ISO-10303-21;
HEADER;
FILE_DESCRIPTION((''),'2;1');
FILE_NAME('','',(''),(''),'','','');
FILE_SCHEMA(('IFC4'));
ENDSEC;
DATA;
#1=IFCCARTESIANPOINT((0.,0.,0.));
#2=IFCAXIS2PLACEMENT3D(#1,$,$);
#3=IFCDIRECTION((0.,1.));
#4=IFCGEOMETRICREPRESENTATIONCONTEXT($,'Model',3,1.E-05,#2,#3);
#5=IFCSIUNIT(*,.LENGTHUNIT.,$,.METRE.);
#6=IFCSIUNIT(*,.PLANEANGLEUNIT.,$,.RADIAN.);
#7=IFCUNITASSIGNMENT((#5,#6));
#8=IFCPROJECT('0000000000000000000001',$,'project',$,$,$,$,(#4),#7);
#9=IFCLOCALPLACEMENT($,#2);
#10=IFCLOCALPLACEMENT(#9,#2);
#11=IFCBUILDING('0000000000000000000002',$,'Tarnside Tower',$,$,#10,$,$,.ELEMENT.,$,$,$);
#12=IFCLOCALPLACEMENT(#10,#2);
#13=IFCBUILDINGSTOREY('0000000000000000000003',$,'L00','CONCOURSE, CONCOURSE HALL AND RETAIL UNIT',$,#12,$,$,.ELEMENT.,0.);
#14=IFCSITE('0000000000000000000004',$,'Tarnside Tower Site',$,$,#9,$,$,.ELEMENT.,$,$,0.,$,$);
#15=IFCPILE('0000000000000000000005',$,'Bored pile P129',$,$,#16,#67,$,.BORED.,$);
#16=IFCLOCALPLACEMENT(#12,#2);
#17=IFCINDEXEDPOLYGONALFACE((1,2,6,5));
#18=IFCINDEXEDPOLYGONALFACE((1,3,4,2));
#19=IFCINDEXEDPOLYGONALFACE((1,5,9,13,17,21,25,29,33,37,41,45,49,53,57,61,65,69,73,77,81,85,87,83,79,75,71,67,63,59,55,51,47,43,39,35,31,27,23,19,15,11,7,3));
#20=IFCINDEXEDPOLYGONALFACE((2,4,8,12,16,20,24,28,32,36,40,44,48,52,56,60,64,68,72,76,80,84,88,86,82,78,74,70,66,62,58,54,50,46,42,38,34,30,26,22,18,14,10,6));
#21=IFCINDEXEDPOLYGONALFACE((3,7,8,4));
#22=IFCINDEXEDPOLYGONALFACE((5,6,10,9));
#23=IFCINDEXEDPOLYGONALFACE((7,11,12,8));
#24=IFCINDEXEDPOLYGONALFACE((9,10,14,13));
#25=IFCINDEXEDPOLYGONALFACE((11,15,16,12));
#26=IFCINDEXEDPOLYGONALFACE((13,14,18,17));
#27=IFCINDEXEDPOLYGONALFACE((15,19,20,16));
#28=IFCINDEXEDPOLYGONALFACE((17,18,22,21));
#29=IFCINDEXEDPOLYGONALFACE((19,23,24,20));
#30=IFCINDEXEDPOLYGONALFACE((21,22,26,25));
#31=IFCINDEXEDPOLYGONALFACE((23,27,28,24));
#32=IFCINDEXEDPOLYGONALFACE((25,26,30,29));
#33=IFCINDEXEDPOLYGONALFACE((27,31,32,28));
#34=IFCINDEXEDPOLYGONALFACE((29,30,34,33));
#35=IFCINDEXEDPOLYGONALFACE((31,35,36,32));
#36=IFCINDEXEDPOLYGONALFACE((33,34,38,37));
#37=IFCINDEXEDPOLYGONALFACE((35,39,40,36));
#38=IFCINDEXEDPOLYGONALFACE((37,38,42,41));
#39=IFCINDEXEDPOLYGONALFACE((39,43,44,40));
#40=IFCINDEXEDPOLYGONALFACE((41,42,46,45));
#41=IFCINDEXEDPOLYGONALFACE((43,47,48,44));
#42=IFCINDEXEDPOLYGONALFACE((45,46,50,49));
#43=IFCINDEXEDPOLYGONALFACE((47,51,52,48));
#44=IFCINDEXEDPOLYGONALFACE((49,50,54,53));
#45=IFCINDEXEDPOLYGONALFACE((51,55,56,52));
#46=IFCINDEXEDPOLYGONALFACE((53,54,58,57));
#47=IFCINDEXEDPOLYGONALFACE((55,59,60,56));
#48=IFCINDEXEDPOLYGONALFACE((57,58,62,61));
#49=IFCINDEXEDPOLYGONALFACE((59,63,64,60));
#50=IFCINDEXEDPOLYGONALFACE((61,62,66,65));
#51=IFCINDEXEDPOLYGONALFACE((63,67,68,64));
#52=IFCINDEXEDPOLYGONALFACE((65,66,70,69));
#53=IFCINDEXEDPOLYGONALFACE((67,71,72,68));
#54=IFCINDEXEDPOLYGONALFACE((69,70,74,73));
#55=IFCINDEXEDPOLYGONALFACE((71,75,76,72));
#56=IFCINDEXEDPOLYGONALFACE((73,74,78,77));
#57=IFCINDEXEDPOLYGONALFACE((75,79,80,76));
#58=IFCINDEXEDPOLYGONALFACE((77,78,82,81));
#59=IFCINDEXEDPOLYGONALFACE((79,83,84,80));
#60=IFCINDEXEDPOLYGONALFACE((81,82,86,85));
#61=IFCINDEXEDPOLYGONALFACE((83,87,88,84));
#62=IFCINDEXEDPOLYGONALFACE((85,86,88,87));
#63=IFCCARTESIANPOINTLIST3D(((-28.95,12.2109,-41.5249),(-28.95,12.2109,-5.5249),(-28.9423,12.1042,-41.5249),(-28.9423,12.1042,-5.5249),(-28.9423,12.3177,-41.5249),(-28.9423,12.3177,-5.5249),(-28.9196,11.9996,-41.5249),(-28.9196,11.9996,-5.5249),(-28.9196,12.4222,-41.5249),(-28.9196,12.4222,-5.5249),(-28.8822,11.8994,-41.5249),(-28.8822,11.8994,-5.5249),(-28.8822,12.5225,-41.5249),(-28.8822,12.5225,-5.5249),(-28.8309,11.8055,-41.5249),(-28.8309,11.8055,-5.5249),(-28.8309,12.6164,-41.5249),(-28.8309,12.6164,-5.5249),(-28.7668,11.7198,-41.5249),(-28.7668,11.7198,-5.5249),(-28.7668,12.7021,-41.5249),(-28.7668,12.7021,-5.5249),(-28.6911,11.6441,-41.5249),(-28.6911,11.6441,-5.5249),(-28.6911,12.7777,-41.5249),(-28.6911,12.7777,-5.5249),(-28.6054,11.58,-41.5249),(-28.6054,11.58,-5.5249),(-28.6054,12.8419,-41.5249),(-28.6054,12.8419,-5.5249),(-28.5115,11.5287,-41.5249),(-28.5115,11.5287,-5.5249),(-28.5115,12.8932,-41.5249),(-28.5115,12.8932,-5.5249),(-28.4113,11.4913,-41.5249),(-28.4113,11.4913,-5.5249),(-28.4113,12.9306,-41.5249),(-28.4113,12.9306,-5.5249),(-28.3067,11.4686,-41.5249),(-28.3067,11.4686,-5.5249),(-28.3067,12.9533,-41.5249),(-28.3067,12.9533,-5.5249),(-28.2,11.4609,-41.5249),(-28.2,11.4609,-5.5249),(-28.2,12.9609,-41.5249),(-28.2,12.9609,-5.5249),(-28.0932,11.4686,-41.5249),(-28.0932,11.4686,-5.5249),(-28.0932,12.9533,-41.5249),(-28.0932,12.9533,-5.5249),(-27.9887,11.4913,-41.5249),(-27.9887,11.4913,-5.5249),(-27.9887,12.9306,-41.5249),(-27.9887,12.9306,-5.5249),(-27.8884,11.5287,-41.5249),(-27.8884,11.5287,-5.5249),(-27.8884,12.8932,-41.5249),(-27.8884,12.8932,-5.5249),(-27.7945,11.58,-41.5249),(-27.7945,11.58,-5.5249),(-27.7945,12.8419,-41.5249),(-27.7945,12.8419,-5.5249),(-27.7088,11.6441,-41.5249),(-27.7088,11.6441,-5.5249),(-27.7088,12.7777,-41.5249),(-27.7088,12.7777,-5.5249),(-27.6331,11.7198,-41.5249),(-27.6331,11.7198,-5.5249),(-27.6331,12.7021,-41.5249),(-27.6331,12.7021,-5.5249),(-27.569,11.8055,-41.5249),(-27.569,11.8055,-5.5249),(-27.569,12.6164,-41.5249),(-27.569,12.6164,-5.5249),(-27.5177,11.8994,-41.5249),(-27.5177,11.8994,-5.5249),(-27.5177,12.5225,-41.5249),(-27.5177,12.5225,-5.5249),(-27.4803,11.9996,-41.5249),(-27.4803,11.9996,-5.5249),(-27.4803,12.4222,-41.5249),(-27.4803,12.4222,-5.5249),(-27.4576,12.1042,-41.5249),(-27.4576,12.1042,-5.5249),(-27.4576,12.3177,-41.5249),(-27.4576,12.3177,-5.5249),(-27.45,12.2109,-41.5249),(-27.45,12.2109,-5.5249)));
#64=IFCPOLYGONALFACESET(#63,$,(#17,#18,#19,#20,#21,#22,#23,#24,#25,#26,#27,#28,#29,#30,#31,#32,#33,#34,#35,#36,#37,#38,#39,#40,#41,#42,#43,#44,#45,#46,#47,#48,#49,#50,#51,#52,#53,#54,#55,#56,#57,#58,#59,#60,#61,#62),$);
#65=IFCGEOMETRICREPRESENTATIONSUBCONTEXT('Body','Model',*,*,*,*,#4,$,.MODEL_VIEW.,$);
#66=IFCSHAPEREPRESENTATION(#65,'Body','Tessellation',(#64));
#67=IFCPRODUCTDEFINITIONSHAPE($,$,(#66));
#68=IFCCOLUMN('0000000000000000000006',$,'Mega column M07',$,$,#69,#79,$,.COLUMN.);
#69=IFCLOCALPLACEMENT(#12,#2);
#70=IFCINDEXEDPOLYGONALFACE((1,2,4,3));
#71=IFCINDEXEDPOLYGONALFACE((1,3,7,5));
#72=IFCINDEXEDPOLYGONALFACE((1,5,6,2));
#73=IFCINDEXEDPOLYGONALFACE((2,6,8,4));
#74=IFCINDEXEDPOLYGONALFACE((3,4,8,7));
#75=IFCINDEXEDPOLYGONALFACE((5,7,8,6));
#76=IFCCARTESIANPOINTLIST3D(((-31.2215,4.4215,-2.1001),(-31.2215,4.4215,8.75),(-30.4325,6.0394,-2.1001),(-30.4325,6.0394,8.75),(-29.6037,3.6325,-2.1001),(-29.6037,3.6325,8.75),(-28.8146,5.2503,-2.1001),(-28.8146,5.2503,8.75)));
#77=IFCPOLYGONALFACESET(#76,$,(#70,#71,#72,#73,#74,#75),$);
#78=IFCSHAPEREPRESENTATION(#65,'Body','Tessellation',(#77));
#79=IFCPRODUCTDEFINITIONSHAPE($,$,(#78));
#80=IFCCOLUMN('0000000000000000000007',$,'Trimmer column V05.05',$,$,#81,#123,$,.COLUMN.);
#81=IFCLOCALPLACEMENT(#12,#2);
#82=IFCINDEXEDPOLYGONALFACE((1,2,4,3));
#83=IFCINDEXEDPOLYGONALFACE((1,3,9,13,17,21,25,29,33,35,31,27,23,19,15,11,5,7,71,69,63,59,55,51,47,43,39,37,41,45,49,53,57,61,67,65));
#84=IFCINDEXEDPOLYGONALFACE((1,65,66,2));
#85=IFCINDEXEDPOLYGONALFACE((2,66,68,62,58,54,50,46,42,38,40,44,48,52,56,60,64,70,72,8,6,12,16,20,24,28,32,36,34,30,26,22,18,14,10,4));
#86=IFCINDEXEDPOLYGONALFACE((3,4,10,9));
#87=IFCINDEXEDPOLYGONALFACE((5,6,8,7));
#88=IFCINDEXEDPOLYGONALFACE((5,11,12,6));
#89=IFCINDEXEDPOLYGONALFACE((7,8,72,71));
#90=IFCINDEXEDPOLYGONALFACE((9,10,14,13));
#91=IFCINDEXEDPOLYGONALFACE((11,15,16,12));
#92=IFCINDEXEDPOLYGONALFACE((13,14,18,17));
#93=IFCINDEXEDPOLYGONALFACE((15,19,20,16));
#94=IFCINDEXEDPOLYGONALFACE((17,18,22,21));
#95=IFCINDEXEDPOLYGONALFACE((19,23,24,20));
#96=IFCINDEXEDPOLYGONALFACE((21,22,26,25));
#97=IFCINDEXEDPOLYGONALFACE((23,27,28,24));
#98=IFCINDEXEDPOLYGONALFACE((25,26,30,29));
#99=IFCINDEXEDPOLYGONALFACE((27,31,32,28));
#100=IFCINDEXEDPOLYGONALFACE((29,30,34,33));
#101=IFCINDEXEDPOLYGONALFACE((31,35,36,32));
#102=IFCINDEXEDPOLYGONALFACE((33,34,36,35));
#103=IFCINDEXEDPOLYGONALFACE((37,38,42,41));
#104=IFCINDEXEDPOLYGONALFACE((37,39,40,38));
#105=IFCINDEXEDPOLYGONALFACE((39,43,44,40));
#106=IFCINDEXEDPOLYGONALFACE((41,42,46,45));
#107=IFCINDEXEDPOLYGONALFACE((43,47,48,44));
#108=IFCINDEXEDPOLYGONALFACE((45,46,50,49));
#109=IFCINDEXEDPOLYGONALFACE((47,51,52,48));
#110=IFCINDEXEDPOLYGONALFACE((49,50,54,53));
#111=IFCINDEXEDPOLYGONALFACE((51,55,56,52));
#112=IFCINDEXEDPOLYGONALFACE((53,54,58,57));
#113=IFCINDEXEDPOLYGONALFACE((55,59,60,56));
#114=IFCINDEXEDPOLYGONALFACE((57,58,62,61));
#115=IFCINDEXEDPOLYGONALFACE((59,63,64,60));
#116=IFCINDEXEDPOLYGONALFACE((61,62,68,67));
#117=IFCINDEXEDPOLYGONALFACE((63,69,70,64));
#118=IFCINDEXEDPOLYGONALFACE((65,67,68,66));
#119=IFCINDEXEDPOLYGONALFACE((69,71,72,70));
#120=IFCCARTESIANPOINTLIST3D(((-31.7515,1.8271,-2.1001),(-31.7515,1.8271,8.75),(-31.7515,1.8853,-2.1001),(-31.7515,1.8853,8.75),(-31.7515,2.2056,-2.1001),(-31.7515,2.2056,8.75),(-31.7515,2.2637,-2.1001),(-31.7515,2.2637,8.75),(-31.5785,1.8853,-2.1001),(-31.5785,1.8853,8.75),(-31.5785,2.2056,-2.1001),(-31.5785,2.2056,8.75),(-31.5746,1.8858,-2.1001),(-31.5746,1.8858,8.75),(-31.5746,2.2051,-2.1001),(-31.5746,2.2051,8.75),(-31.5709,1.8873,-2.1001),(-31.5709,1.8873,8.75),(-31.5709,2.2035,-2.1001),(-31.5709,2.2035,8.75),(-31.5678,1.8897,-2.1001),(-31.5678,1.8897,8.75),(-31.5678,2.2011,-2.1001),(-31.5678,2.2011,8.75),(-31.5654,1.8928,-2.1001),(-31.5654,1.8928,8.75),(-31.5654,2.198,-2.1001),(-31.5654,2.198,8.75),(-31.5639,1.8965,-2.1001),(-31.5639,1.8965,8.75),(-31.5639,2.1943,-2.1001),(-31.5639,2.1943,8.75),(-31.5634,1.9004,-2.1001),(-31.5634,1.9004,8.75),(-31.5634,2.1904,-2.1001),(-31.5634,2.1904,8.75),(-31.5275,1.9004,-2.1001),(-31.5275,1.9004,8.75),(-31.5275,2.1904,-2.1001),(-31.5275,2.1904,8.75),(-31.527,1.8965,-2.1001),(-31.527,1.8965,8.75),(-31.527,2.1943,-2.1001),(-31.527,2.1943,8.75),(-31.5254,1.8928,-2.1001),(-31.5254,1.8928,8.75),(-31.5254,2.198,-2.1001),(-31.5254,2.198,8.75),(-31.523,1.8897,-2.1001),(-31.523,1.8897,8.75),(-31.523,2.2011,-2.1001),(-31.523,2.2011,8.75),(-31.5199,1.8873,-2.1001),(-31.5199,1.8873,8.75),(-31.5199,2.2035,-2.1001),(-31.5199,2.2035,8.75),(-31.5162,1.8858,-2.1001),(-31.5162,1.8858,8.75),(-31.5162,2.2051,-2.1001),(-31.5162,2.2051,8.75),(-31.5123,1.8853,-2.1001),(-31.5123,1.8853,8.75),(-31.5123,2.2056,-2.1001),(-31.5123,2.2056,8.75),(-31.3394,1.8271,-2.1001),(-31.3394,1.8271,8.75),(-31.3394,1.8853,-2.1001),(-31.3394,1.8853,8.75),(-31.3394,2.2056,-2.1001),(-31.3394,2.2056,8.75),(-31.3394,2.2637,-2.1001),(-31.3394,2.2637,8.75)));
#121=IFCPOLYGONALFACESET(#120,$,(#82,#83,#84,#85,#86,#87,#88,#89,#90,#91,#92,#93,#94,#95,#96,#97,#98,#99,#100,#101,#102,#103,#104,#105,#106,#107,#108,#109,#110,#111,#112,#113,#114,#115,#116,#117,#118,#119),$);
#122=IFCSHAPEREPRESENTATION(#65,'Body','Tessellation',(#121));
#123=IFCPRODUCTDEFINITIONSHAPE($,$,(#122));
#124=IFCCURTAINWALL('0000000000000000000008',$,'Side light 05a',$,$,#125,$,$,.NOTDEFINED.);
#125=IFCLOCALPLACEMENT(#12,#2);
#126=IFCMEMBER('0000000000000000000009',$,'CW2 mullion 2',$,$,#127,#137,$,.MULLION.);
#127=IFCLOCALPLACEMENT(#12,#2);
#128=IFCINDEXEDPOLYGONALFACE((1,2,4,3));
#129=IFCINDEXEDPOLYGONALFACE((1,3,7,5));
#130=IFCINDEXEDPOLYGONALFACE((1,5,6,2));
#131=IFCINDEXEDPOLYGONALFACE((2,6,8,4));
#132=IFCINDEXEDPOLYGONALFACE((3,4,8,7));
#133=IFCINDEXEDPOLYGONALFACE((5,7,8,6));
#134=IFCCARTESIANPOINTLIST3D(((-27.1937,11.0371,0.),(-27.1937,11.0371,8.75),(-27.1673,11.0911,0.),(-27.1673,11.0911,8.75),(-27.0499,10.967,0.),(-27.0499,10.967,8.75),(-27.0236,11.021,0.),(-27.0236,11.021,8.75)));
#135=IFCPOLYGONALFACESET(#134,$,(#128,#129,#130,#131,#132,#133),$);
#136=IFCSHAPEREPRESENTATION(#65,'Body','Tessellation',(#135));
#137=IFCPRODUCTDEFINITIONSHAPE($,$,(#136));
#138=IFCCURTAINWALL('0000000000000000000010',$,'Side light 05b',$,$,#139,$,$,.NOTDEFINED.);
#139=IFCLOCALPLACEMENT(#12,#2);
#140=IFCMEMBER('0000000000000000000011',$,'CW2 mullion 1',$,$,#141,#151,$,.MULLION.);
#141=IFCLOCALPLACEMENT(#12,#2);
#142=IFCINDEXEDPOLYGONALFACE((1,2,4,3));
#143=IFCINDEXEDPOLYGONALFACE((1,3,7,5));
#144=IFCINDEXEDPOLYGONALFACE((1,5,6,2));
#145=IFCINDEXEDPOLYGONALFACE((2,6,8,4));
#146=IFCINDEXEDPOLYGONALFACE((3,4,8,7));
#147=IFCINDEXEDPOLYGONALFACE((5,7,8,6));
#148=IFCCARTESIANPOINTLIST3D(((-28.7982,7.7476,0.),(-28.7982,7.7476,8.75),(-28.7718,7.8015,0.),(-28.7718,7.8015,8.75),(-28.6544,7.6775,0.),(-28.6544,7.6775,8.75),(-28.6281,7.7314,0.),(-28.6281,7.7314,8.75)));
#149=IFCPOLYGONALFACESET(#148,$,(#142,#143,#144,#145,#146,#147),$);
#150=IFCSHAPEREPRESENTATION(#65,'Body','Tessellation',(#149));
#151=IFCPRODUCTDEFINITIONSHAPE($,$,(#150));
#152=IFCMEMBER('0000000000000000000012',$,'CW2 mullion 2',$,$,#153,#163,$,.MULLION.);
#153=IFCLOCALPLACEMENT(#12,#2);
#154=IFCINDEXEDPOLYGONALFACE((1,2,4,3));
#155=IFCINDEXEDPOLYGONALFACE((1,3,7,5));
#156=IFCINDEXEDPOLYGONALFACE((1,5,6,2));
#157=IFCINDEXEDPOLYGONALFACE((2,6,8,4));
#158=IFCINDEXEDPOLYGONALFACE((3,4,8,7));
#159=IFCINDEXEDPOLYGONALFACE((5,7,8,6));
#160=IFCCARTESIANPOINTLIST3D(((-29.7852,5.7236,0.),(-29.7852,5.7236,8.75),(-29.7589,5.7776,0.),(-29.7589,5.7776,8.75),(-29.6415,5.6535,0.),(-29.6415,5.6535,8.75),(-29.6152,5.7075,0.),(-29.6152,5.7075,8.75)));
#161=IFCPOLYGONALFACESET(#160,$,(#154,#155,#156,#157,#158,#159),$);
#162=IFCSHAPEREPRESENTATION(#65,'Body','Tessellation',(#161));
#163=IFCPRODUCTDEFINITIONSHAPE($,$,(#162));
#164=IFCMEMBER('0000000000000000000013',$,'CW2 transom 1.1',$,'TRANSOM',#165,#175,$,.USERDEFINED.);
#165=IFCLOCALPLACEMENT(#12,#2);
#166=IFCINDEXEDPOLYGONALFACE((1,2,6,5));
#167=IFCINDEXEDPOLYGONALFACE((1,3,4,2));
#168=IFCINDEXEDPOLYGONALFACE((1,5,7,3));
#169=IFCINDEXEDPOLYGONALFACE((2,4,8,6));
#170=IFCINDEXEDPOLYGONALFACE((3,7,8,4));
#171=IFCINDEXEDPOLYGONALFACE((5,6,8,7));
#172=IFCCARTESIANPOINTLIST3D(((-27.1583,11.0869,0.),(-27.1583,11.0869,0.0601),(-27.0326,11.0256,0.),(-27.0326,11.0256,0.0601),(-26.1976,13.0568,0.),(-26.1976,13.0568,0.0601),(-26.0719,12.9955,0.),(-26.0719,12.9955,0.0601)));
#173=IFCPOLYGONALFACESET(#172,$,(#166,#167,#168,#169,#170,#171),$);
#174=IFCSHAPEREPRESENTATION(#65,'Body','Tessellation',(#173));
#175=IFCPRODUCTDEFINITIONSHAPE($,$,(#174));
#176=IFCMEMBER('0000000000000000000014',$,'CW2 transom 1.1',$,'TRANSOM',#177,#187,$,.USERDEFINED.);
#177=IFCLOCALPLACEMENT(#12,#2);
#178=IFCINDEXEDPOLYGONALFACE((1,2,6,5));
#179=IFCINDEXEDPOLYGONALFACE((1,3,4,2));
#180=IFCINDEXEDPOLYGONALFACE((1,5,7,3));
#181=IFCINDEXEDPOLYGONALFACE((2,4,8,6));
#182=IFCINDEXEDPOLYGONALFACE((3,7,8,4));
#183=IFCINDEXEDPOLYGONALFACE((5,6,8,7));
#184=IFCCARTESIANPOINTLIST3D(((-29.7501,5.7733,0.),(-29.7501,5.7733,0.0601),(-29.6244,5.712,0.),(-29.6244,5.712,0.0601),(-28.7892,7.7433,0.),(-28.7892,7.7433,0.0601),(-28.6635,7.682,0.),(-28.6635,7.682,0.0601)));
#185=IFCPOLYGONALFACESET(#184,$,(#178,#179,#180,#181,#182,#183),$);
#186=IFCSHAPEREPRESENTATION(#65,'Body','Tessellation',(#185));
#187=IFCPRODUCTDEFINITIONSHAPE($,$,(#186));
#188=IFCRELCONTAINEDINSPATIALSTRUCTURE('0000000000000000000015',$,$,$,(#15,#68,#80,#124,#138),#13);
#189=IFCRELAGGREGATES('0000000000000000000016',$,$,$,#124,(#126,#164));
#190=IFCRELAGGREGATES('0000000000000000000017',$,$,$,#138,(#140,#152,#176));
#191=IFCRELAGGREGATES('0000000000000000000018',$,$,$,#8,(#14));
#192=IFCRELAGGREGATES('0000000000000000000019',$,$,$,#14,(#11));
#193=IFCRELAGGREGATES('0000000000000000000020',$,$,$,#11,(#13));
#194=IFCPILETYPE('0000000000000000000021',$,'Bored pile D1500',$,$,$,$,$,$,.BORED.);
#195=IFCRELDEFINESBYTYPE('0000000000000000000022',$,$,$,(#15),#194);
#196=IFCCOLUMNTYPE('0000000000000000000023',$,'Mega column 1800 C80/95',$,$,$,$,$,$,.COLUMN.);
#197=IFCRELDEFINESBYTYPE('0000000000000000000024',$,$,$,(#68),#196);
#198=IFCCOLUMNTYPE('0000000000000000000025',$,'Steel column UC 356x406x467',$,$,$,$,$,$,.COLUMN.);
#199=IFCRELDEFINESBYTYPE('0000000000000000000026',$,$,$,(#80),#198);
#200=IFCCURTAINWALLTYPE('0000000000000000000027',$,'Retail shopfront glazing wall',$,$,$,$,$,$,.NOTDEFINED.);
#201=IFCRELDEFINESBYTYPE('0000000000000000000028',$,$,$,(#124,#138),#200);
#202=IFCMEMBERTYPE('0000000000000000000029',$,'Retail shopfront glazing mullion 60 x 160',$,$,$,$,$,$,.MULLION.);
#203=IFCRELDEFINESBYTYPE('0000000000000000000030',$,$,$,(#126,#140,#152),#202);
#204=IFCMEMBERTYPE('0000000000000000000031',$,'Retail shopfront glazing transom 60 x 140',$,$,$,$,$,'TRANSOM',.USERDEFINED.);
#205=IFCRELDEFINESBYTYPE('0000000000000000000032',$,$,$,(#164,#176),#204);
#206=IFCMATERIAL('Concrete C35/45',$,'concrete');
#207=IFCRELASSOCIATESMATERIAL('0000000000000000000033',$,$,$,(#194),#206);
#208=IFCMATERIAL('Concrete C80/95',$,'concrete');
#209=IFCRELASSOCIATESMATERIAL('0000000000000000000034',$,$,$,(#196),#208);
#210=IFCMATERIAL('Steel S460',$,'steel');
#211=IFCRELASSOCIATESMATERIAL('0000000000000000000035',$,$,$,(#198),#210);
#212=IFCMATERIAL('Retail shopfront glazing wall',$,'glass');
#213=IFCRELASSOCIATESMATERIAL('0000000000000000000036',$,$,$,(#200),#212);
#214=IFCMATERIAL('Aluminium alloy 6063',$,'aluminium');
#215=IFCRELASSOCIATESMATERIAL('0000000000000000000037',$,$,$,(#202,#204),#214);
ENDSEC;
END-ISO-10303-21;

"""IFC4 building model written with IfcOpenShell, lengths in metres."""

from ifc_helpers import new_model, si_unit, direction, frame, origin, origin_2d, place, context, subcontext, project, spatial, rectangle, circle, i_section, extrude, material, material_profile, profile_set, type_object, element, aggregate, save


model = new_model("IFC4")

# Units and contexts
model_context = context("Model", 3, precision=1e-05, world=origin(), true_north=direction((0.0, 1.0)))
body_context = subcontext(model_context, "Body", "Model", "MODEL_VIEW")
ifc_project = project(units=[si_unit("LENGTHUNIT", "METRE"), si_unit("PLANEANGLEUNIT", "RADIAN")], contexts=[model_context])

# Site, building, storey
site_placement = place(None, origin())
site = spatial("IfcSite", under=ifc_project, at=site_placement, Name="Tarnside Tower Site", CompositionType="ELEMENT", RefElevation=0.0)
building_placement = place(site_placement, origin())
building = spatial("IfcBuilding", under=site, at=building_placement, Name="Tarnside Tower", CompositionType="ELEMENT")
storey_placement = place(building_placement, origin())
storey = spatial("IfcBuildingStorey", under=building, at=storey_placement, Name="L00", Description="CONCOURSE, CONCOURSE HALL AND RETAIL UNIT", CompositionType="ELEMENT", Elevation=0.0)

# Pile
ifc_material_1 = material(Name="Concrete C35/45", Category="concrete")
ifc_material_profile_1 = material_profile(ifc_material_1, circle(Radius=0.75, at=origin_2d()), Name="Bored pile D1500")
ifc_profile_set_1 = profile_set([ifc_material_profile_1], Name="Concrete C35/45")
pile_type = type_object("IfcPileType", Name="Bored pile D1500", PredefinedType="BORED", material=ifc_profile_set_1)
for number, where, z_axis, x_axis, name in (
    (1, (-28.2, 12.2109, -5.5249), (0.0, 0.0, -1.0), (1.0, 0.0, 0.0), "Bored pile P129"),
):
    element("IfcPile", number, at=place(storey_placement, frame(where, z_axis=z_axis, x_axis=x_axis)), inside=storey, type_object=pile_type, Name=name, PredefinedType="BORED", context=body_context, shape_type="SweptSolid", body=[
        extrude(circle(Radius=0.75, at=origin_2d()), origin(), (0.0, 0.0, 1.0), 36.0),
    ])

# Columns
ifc_material_2 = material(Name="Concrete C80/95", Category="concrete")
ifc_material_profile_2 = material_profile(ifc_material_2, rectangle(XDim=1.8, YDim=1.8, at=origin_2d()), Name="Mega column 1800x1800")
ifc_profile_set_2 = profile_set([ifc_material_profile_2], Name="Concrete C80/95")
column_type_1 = type_object("IfcColumnType", Name="Mega column 1800 C80/95", PredefinedType="COLUMN", material=ifc_profile_set_2)
column_1_placement = place(storey_placement, frame((-30.0181, 4.8359, -2.1001), z_axis=(0.0, 0.0, 1.0), x_axis=(0.438371, 0.898794, 0.0)))
element("IfcColumn", 2, at=column_1_placement, inside=storey, type_object=column_type_1, Name="Mega column M07", PredefinedType="COLUMN", context=body_context, shape_type="SweptSolid", body=[
    extrude(rectangle(XDim=1.8, YDim=1.8, at=origin_2d()), origin(), (0.0, 0.0, 1.0), 10.8501),
])
ifc_material_3 = material(Name="Steel S460", Category="steel")
ifc_material_profile_3 = material_profile(ifc_material_3, i_section(OverallWidth=0.4121, OverallDepth=0.4365, WebThickness=0.0359, FlangeThickness=0.0581, FilletRadius=0.0151, at=origin_2d()), Name="UC 356x406x467")
ifc_profile_set_3 = profile_set([ifc_material_profile_3], Name="Steel S460")
column_type_2 = type_object("IfcColumnType", Name="Steel column UC 356x406x467", PredefinedType="COLUMN", material=ifc_profile_set_3)
column_2_placement = place(storey_placement, frame((-31.5454, 2.0454, -2.1001), z_axis=(0.0, 0.0, 1.0), x_axis=(1.0, 0.0, 0.0)))
element("IfcColumn", 3, at=column_2_placement, inside=storey, type_object=column_type_2, Name="Trimmer column V05.05", PredefinedType="COLUMN", context=body_context, shape_type="SweptSolid", body=[
    extrude(i_section(OverallWidth=0.4121, OverallDepth=0.4365, WebThickness=0.0359, FlangeThickness=0.0581, FilletRadius=0.0151, at=origin_2d()), origin(), (0.0, 0.0, 1.0), 10.8501),
])

# Curtain wall, member
ifc_material_4 = material(Name="Retail shopfront glazing wall", Category="glass")
curtain_wall_type_1 = type_object("IfcCurtainWallType", Name="Retail shopfront glazing wall", PredefinedType="NOTDEFINED", material=ifc_material_4)
curtain_wall_1_placement = place(storey_placement, origin())
curtain_wall_1 = element("IfcCurtainWall", 4, at=curtain_wall_1_placement, inside=storey, type_object=curtain_wall_type_1, Name="Side light 05a", PredefinedType="NOTDEFINED")
ifc_material_5 = material(Name="Aluminium alloy 6063", Category="aluminium")
ifc_material_profile_4 = material_profile(ifc_material_5, rectangle(XDim=0.1599, YDim=0.0601, at=origin_2d()), Name="Retail shopfront glazing mullion 60 x 160")
ifc_profile_set_4 = profile_set([ifc_material_profile_4], Name="Aluminium alloy 6063")
member_type_1 = type_object("IfcMemberType", Name="Retail shopfront glazing mullion 60 x 160", PredefinedType="MULLION", material=ifc_profile_set_4)
member_1_placement = place(storey_placement, frame((-27.1086, 11.0291, 0.0), z_axis=(0.0, 0.0, 1.0), x_axis=(0.898794, -0.438371, 0.0)))
member_1 = element("IfcMember", 5, at=member_1_placement, type_object=member_type_1, Name="CW2 mullion 2", PredefinedType="MULLION", context=body_context, shape_type="SweptSolid", body=[
    extrude(rectangle(XDim=0.1599, YDim=0.0601, at=origin_2d()), origin(), (0.0, 0.0, 1.0), 8.75),
])

# Curtain wall, members
curtain_wall_2_placement = place(storey_placement, origin())
curtain_wall_2 = element("IfcCurtainWall", 6, at=curtain_wall_2_placement, inside=storey, type_object=curtain_wall_type_1, Name="Side light 05b", PredefinedType="NOTDEFINED")
member_2_placement = place(storey_placement, frame((-28.7131, 7.7395, 0.0), z_axis=(0.0, 0.0, 1.0), x_axis=(0.898794, -0.438371, 0.0)))
member_2 = element("IfcMember", 7, at=member_2_placement, type_object=member_type_1, Name="CW2 mullion 1", PredefinedType="MULLION", context=body_context, shape_type="SweptSolid", body=[
    extrude(rectangle(XDim=0.1599, YDim=0.0601, at=origin_2d()), origin(), (0.0, 0.0, 1.0), 8.75),
])
member_3_placement = place(storey_placement, frame((-29.7002, 5.7156, 0.0), z_axis=(0.0, 0.0, 1.0), x_axis=(0.898794, -0.438371, 0.0)))
member_3 = element("IfcMember", 8, at=member_3_placement, type_object=member_type_1, Name="CW2 mullion 2", PredefinedType="MULLION", context=body_context, shape_type="SweptSolid", body=[
    extrude(rectangle(XDim=0.1599, YDim=0.0601, at=origin_2d()), origin(), (0.0, 0.0, 1.0), 8.75),
])

# Members
ifc_material_profile_5 = material_profile(ifc_material_5, rectangle(XDim=0.1399, YDim=0.0601, at=origin_2d()), Name="Retail shopfront glazing transom 60 x 140")
ifc_profile_set_5 = profile_set([ifc_material_profile_5], Name="Aluminium alloy 6063")
member_type_2 = type_object("IfcMemberType", Name="Retail shopfront glazing transom 60 x 140", ElementType="TRANSOM", PredefinedType="USERDEFINED", material=ifc_profile_set_5)
member_4_placement = place(storey_placement, frame((-26.1348, 13.0261, 0.03), z_axis=(-0.438325, -0.898817, 0.0), x_axis=(0.898817, -0.438325, 0.0)))
member_4 = element("IfcMember", 9, at=member_4_placement, type_object=member_type_2, Name="CW2 transom 1.1", ObjectType="TRANSOM", PredefinedType="USERDEFINED", context=body_context, shape_type="SweptSolid", body=[
    extrude(rectangle(XDim=0.1399, YDim=0.0601, at=origin_2d()), origin(), (0.0, 0.0, 1.0), 2.1917),
])
aggregate(curtain_wall_1, [member_1, member_4])
member_5_placement = place(storey_placement, frame((-28.7263, 7.7126, 0.03), z_axis=(-0.438415, -0.898773, 0.0), x_axis=(0.898773, -0.438415, 0.0)))
member_5 = element("IfcMember", 10, at=member_5_placement, type_object=member_type_2, Name="CW2 transom 1.1", ObjectType="TRANSOM", PredefinedType="USERDEFINED", context=body_context, shape_type="SweptSolid", body=[
    extrude(rectangle(XDim=0.1399, YDim=0.0601, at=origin_2d()), origin(), (0.0, 0.0, 1.0), 2.1919),
])
aggregate(curtain_wall_2, [member_2, member_3, member_5])

save(model, "model.ifc")
